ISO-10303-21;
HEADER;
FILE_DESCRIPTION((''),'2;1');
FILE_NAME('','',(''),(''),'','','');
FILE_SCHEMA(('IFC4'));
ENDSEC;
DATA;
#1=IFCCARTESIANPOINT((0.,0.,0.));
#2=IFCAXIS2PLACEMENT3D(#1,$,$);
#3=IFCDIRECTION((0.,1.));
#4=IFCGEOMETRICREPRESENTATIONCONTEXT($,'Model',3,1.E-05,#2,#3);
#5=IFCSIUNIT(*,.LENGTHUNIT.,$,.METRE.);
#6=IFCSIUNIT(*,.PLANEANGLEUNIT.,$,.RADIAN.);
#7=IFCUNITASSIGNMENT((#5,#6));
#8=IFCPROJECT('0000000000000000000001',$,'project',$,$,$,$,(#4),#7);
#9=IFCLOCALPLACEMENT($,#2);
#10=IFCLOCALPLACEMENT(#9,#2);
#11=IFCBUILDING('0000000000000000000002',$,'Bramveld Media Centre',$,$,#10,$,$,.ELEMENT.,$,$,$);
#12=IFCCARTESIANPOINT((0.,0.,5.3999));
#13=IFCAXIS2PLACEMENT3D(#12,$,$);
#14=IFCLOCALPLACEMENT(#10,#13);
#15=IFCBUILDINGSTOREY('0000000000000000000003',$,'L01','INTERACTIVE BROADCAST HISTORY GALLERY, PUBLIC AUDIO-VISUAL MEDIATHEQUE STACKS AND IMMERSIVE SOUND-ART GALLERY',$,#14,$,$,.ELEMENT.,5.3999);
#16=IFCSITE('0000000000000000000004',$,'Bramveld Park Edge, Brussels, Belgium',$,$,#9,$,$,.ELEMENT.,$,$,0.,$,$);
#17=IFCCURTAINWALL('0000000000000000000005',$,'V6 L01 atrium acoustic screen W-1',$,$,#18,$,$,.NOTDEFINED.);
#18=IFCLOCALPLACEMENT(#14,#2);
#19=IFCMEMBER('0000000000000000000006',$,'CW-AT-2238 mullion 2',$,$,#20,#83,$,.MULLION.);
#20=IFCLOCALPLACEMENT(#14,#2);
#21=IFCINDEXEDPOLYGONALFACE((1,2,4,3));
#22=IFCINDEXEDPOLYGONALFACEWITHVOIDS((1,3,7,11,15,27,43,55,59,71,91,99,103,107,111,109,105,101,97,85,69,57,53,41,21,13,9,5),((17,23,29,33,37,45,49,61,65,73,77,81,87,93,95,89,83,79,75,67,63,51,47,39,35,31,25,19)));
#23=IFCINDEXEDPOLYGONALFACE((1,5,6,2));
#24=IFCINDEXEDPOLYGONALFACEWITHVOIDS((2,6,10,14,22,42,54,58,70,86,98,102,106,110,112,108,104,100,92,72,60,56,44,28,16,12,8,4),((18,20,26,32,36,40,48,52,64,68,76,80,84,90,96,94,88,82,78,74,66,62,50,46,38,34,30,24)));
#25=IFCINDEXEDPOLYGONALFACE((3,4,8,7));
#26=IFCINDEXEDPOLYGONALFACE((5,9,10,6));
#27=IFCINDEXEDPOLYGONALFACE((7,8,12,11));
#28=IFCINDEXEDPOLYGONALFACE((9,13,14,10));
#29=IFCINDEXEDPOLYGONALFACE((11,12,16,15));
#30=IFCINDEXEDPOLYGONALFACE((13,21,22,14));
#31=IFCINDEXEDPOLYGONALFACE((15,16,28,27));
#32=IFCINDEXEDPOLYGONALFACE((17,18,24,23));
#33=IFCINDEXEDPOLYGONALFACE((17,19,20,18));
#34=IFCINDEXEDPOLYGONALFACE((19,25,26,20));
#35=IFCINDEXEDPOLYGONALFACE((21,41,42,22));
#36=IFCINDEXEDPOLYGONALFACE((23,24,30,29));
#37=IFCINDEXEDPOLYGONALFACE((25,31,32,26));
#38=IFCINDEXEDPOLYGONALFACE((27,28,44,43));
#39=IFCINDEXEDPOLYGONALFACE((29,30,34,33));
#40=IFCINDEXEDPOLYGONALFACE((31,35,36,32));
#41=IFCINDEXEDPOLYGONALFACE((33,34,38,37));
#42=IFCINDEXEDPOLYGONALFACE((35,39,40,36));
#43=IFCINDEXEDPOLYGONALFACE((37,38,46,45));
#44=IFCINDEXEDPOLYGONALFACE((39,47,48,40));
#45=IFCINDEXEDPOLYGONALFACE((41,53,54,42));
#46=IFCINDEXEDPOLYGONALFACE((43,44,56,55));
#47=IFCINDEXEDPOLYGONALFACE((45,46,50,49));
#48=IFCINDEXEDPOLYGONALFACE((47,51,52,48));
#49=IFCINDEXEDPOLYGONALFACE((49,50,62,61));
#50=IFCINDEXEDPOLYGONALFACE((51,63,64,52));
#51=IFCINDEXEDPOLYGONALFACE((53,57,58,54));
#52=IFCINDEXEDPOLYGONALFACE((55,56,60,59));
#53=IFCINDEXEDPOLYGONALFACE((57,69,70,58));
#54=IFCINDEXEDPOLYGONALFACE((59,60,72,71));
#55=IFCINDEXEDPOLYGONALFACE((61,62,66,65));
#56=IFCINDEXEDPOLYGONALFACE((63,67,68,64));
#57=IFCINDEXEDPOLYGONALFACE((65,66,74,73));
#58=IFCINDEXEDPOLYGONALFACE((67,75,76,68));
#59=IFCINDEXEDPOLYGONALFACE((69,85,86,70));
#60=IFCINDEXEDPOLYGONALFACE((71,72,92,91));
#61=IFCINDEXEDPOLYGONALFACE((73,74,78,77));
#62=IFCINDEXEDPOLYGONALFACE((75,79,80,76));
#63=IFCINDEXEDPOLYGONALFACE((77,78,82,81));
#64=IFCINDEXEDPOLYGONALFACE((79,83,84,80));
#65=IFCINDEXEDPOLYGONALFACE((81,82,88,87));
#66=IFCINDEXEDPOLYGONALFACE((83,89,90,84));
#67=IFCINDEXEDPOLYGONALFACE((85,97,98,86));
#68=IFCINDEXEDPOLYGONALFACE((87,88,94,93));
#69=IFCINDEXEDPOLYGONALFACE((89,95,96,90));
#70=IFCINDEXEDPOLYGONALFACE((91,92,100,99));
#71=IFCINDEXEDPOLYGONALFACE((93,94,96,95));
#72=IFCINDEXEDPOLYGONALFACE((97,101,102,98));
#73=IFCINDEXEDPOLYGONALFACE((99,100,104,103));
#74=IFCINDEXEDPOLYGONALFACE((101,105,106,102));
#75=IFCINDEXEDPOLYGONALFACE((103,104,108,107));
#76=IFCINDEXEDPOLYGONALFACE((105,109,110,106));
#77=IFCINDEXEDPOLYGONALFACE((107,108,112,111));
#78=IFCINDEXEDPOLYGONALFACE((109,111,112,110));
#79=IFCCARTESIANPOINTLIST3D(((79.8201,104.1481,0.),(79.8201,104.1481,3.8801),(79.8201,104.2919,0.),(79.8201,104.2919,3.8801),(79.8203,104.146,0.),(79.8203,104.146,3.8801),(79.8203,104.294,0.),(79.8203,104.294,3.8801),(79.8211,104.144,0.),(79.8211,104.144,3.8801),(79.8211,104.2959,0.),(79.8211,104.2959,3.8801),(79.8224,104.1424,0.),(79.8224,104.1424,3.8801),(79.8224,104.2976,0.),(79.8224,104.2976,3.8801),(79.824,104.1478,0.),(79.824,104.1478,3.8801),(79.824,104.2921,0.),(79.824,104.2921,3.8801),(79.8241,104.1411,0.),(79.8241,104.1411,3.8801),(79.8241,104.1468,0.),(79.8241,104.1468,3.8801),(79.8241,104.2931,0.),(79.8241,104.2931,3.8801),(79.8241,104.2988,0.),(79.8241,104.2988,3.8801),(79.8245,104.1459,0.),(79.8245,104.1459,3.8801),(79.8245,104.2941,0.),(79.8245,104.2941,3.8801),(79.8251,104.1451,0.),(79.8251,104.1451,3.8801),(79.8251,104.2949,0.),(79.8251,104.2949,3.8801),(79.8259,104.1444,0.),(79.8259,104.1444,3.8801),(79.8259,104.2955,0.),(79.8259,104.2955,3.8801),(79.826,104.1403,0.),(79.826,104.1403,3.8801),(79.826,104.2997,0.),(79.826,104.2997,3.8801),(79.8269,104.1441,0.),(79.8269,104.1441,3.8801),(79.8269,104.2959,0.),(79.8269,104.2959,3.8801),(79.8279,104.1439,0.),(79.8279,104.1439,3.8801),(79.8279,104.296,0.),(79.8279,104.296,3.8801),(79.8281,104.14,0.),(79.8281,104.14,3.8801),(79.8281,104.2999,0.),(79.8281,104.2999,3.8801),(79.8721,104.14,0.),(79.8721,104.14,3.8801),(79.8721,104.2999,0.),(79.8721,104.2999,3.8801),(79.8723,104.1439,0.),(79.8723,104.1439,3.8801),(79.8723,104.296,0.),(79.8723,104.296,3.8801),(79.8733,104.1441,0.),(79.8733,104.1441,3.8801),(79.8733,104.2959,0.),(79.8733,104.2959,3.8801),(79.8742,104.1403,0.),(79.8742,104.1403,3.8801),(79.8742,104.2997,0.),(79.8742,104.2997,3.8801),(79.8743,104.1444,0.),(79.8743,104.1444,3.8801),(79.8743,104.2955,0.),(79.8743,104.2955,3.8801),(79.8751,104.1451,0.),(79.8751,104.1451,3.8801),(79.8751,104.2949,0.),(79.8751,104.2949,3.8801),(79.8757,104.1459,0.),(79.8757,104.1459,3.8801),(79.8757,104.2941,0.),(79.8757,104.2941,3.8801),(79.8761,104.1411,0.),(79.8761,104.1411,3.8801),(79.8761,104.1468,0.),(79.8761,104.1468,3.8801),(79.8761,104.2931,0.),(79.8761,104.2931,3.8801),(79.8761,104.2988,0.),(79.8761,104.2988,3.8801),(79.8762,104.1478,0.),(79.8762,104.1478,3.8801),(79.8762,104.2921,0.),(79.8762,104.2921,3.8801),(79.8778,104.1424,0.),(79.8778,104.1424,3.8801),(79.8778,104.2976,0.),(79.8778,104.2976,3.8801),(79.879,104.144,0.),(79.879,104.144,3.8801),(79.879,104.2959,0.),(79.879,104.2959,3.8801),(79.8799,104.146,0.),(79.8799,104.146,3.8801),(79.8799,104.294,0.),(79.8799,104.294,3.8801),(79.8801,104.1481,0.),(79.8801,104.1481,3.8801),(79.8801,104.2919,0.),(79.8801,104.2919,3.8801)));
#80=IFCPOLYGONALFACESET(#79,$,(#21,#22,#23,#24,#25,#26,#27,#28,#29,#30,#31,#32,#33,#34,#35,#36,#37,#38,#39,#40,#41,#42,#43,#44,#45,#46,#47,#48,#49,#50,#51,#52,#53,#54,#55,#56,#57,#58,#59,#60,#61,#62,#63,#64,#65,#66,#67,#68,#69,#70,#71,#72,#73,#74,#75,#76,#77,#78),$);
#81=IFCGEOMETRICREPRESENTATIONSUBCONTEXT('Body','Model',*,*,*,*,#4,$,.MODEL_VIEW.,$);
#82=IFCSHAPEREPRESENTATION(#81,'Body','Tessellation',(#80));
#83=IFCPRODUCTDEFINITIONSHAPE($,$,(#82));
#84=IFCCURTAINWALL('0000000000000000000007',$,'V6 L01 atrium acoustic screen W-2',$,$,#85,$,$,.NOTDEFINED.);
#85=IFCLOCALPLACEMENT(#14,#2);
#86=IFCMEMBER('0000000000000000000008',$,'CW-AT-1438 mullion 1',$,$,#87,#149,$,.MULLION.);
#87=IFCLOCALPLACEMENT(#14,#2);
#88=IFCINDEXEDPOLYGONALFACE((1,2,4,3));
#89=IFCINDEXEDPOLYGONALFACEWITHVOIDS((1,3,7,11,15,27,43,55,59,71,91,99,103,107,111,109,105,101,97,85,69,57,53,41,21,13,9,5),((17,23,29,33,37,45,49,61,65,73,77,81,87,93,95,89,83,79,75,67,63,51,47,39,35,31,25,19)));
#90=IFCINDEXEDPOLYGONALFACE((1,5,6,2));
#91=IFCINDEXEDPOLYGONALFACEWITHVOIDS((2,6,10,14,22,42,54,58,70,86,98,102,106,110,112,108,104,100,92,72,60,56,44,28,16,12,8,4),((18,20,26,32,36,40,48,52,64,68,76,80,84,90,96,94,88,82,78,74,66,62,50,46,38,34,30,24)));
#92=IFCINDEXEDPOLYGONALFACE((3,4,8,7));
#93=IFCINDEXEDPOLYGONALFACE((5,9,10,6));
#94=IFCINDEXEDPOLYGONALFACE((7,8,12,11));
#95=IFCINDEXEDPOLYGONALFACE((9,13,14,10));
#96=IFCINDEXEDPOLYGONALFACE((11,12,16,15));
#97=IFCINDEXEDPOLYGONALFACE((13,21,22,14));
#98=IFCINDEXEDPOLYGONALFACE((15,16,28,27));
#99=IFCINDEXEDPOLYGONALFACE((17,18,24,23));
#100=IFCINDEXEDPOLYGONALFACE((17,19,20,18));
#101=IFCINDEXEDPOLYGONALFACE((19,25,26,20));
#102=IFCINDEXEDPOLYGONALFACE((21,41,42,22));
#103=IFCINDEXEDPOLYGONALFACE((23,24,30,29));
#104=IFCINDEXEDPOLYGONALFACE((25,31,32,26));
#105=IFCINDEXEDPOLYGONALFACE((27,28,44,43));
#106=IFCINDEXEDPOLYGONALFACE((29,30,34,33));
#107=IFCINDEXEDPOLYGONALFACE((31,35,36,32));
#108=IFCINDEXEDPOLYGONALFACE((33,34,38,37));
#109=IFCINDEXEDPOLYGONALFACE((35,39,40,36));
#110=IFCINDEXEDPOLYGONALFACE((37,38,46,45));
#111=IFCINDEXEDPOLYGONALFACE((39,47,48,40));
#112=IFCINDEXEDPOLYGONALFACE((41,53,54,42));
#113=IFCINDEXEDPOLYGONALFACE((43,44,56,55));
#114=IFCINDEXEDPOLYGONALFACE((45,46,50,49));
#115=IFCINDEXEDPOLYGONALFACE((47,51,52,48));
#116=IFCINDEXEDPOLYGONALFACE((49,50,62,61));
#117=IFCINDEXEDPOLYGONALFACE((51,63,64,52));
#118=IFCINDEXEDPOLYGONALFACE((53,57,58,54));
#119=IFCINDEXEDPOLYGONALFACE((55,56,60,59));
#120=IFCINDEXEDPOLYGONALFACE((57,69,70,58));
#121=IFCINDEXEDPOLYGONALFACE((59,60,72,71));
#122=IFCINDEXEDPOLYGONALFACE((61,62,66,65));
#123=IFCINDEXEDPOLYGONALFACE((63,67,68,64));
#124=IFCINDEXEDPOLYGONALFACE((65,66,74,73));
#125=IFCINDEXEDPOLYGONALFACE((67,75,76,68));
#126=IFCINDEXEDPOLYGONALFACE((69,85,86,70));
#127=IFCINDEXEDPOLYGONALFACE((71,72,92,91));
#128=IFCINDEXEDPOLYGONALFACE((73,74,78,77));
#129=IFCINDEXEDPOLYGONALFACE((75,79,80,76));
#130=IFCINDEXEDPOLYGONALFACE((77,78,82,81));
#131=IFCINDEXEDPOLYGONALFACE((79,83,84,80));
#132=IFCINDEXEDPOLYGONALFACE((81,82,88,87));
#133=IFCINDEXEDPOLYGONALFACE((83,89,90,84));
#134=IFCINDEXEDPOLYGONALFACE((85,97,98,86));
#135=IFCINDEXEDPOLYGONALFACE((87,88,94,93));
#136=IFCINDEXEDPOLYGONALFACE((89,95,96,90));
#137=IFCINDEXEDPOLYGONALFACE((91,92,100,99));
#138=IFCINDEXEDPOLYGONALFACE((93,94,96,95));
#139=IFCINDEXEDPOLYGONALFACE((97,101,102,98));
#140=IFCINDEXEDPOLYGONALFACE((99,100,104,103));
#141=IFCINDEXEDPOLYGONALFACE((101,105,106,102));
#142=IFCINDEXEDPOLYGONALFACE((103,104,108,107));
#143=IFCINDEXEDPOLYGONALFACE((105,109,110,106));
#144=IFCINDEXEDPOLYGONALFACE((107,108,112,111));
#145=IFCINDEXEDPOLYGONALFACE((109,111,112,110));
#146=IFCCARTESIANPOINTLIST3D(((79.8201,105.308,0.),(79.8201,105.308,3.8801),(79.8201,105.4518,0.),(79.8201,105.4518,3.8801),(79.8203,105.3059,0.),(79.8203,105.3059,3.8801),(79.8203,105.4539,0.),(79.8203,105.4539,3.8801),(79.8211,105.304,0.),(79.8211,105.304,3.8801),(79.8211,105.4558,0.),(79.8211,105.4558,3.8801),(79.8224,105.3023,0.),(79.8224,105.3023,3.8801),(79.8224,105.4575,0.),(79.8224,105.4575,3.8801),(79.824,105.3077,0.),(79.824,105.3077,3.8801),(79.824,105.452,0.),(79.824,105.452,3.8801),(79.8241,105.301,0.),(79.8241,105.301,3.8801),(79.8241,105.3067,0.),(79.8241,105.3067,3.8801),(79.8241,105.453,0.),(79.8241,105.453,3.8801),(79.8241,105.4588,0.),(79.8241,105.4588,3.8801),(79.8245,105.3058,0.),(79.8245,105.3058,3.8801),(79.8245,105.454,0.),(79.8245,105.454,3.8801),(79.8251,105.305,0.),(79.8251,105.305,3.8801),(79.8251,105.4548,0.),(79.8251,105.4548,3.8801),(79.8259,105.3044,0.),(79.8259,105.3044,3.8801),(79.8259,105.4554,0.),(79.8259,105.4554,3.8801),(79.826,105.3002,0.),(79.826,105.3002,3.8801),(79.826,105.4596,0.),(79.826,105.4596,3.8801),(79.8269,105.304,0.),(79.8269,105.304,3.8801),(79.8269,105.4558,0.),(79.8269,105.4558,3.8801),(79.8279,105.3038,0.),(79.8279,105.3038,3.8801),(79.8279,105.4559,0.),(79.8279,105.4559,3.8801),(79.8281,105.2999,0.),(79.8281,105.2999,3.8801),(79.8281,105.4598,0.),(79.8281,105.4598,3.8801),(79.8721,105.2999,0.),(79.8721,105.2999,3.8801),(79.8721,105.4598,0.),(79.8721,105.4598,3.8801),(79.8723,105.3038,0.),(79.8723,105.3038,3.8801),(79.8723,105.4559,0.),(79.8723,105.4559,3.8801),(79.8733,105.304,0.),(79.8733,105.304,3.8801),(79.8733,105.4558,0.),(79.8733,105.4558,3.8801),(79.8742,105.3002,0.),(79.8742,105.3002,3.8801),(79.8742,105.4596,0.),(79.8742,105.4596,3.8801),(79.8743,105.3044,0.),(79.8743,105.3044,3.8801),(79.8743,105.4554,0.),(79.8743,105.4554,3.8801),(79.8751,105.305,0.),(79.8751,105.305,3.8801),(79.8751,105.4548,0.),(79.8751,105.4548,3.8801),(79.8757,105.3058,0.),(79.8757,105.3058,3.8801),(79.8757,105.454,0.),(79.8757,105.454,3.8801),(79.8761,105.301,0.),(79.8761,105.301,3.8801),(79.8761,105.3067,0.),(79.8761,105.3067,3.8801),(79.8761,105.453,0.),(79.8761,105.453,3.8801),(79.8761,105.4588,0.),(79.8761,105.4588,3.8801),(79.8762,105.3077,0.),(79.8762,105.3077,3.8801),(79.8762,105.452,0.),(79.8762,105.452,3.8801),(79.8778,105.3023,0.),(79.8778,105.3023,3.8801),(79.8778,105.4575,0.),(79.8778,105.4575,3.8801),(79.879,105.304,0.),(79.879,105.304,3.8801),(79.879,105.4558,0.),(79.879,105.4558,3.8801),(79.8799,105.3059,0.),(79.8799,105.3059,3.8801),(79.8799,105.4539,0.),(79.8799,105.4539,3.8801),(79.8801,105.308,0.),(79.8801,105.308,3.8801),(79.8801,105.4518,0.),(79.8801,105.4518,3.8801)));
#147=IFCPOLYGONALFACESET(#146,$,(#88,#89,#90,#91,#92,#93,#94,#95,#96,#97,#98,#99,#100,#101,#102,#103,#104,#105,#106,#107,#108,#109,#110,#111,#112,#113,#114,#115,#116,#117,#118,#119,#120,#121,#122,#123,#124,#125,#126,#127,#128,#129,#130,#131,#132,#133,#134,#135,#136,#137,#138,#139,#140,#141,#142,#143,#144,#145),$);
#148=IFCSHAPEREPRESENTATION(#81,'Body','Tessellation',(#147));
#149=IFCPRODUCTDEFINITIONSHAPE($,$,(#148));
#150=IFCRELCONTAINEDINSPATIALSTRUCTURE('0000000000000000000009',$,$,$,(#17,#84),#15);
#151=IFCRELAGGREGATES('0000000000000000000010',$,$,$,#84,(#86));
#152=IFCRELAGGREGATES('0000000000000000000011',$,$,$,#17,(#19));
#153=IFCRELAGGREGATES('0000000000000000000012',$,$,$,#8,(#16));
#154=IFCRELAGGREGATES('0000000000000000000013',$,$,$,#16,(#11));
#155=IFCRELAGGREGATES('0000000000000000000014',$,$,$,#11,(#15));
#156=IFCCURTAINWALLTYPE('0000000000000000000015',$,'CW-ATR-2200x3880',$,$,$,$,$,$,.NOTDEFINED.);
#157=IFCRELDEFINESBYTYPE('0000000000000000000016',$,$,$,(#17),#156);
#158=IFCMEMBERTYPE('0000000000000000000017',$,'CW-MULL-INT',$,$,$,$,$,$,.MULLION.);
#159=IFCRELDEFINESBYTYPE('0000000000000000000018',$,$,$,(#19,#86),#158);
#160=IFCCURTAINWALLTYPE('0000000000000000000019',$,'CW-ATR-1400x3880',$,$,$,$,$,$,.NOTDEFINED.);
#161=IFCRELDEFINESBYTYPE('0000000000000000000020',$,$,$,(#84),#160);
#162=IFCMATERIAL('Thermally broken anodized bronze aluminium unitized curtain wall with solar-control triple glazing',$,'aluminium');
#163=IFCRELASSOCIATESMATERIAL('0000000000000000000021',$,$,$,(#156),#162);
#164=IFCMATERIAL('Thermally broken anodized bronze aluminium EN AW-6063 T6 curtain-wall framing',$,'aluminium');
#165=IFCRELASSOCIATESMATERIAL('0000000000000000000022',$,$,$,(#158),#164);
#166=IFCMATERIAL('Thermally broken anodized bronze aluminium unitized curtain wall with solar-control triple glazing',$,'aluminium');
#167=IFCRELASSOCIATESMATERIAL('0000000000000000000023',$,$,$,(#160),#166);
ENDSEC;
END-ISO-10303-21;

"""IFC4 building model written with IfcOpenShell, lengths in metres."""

from ifc_helpers import new_model, si_unit, direction, frame, origin, origin_2d, place, context, subcontext, project, spatial, hollow_rectangle, extrude, material, material_profile, profile_set, type_object, element, aggregate, save


model = new_model("IFC4")

# Units and contexts
model_context = context("Model", 3, precision=1e-05, world=origin(), true_north=direction((0.0, 1.0)))
body_context = subcontext(model_context, "Body", "Model", "MODEL_VIEW")
ifc_project = project(units=[si_unit("LENGTHUNIT", "METRE"), si_unit("PLANEANGLEUNIT", "RADIAN")], contexts=[model_context])

# Site, building, storey
site_placement = place(None, origin())
site = spatial("IfcSite", under=ifc_project, at=site_placement, Name="Bramveld Park Edge, Brussels, Belgium", CompositionType="ELEMENT", RefElevation=0.0)
building_placement = place(site_placement, origin())
building = spatial("IfcBuilding", under=site, at=building_placement, Name="Bramveld Media Centre", CompositionType="ELEMENT")
storey_placement = place(building_placement, frame((0.0, 0.0, 5.3999)))
storey = spatial("IfcBuildingStorey", under=building, at=storey_placement, Name="L01", Description="INTERACTIVE BROADCAST HISTORY GALLERY, PUBLIC AUDIO-VISUAL MEDIATHEQUE STACKS AND IMMERSIVE SOUND-ART GALLERY", CompositionType="ELEMENT", Elevation=5.3999)

# Curtain wall, member
ifc_material_1 = material(Name="Thermally broken anodized bronze aluminium unitized curtain wall with solar-control triple glazing", Category="aluminium")
curtain_wall_type_1 = type_object("IfcCurtainWallType", Name="CW-ATR-2200x3880", PredefinedType="NOTDEFINED", material=ifc_material_1)
curtain_wall_1_placement = place(storey_placement, origin())
curtain_wall_1 = element("IfcCurtainWall", 1, at=curtain_wall_1_placement, inside=storey, type_object=curtain_wall_type_1, Name="V6 L01 atrium acoustic screen W-1", PredefinedType="NOTDEFINED")
ifc_material_2 = material(Name="Thermally broken anodized bronze aluminium EN AW-6063 T6 curtain-wall framing", Category="aluminium")
ifc_material_profile_1 = material_profile(ifc_material_2, hollow_rectangle(XDim=0.0601, YDim=0.1599, WallThickness=0.0039, InnerFilletRadius=0.0039, OuterFilletRadius=0.0081, at=origin_2d()), Name="AL-MULL 60x160")
ifc_profile_set_1 = profile_set([ifc_material_profile_1], Name="Thermally broken anodized bronze aluminium EN AW-6063 T6 curtain-wall framing")
member_type_1 = type_object("IfcMemberType", Name="CW-MULL-INT", PredefinedType="MULLION", material=ifc_profile_set_1)
member_1_placement = place(storey_placement, frame((79.8501, 104.22, 0.0), z_axis=(0.0, 0.0, 1.0), x_axis=(-1.0, 0.0, 0.0)))
member_1 = element("IfcMember", 2, at=member_1_placement, type_object=member_type_1, Name="CW-AT-2238 mullion 2", PredefinedType="MULLION", context=body_context, shape_type="SweptSolid", body=[
    extrude(hollow_rectangle(XDim=0.0601, YDim=0.1599, WallThickness=0.0039, InnerFilletRadius=0.0039, OuterFilletRadius=0.0081, at=origin_2d()), origin(), (0.0, 0.0, 1.0), 3.8801),
])

# Curtain wall, member
ifc_material_3 = material(Name="Thermally broken anodized bronze aluminium unitized curtain wall with solar-control triple glazing", Category="aluminium")
curtain_wall_type_2 = type_object("IfcCurtainWallType", Name="CW-ATR-1400x3880", PredefinedType="NOTDEFINED", material=ifc_material_3)
curtain_wall_2_placement = place(storey_placement, origin())
curtain_wall_2 = element("IfcCurtainWall", 3, at=curtain_wall_2_placement, inside=storey, type_object=curtain_wall_type_2, Name="V6 L01 atrium acoustic screen W-2", PredefinedType="NOTDEFINED")
member_2_placement = place(storey_placement, frame((79.8501, 105.3799, 0.0), z_axis=(0.0, 0.0, 1.0), x_axis=(-1.0, 0.0, 0.0)))
member_2 = element("IfcMember", 4, at=member_2_placement, type_object=member_type_1, Name="CW-AT-1438 mullion 1", PredefinedType="MULLION", context=body_context, shape_type="SweptSolid", body=[
    extrude(hollow_rectangle(XDim=0.0601, YDim=0.1599, WallThickness=0.0039, InnerFilletRadius=0.0039, OuterFilletRadius=0.0081, at=origin_2d()), origin(), (0.0, 0.0, 1.0), 3.8801),
])

aggregate(curtain_wall_2, [member_2])

aggregate(curtain_wall_1, [member_1])

save(model, "model.ifc")
